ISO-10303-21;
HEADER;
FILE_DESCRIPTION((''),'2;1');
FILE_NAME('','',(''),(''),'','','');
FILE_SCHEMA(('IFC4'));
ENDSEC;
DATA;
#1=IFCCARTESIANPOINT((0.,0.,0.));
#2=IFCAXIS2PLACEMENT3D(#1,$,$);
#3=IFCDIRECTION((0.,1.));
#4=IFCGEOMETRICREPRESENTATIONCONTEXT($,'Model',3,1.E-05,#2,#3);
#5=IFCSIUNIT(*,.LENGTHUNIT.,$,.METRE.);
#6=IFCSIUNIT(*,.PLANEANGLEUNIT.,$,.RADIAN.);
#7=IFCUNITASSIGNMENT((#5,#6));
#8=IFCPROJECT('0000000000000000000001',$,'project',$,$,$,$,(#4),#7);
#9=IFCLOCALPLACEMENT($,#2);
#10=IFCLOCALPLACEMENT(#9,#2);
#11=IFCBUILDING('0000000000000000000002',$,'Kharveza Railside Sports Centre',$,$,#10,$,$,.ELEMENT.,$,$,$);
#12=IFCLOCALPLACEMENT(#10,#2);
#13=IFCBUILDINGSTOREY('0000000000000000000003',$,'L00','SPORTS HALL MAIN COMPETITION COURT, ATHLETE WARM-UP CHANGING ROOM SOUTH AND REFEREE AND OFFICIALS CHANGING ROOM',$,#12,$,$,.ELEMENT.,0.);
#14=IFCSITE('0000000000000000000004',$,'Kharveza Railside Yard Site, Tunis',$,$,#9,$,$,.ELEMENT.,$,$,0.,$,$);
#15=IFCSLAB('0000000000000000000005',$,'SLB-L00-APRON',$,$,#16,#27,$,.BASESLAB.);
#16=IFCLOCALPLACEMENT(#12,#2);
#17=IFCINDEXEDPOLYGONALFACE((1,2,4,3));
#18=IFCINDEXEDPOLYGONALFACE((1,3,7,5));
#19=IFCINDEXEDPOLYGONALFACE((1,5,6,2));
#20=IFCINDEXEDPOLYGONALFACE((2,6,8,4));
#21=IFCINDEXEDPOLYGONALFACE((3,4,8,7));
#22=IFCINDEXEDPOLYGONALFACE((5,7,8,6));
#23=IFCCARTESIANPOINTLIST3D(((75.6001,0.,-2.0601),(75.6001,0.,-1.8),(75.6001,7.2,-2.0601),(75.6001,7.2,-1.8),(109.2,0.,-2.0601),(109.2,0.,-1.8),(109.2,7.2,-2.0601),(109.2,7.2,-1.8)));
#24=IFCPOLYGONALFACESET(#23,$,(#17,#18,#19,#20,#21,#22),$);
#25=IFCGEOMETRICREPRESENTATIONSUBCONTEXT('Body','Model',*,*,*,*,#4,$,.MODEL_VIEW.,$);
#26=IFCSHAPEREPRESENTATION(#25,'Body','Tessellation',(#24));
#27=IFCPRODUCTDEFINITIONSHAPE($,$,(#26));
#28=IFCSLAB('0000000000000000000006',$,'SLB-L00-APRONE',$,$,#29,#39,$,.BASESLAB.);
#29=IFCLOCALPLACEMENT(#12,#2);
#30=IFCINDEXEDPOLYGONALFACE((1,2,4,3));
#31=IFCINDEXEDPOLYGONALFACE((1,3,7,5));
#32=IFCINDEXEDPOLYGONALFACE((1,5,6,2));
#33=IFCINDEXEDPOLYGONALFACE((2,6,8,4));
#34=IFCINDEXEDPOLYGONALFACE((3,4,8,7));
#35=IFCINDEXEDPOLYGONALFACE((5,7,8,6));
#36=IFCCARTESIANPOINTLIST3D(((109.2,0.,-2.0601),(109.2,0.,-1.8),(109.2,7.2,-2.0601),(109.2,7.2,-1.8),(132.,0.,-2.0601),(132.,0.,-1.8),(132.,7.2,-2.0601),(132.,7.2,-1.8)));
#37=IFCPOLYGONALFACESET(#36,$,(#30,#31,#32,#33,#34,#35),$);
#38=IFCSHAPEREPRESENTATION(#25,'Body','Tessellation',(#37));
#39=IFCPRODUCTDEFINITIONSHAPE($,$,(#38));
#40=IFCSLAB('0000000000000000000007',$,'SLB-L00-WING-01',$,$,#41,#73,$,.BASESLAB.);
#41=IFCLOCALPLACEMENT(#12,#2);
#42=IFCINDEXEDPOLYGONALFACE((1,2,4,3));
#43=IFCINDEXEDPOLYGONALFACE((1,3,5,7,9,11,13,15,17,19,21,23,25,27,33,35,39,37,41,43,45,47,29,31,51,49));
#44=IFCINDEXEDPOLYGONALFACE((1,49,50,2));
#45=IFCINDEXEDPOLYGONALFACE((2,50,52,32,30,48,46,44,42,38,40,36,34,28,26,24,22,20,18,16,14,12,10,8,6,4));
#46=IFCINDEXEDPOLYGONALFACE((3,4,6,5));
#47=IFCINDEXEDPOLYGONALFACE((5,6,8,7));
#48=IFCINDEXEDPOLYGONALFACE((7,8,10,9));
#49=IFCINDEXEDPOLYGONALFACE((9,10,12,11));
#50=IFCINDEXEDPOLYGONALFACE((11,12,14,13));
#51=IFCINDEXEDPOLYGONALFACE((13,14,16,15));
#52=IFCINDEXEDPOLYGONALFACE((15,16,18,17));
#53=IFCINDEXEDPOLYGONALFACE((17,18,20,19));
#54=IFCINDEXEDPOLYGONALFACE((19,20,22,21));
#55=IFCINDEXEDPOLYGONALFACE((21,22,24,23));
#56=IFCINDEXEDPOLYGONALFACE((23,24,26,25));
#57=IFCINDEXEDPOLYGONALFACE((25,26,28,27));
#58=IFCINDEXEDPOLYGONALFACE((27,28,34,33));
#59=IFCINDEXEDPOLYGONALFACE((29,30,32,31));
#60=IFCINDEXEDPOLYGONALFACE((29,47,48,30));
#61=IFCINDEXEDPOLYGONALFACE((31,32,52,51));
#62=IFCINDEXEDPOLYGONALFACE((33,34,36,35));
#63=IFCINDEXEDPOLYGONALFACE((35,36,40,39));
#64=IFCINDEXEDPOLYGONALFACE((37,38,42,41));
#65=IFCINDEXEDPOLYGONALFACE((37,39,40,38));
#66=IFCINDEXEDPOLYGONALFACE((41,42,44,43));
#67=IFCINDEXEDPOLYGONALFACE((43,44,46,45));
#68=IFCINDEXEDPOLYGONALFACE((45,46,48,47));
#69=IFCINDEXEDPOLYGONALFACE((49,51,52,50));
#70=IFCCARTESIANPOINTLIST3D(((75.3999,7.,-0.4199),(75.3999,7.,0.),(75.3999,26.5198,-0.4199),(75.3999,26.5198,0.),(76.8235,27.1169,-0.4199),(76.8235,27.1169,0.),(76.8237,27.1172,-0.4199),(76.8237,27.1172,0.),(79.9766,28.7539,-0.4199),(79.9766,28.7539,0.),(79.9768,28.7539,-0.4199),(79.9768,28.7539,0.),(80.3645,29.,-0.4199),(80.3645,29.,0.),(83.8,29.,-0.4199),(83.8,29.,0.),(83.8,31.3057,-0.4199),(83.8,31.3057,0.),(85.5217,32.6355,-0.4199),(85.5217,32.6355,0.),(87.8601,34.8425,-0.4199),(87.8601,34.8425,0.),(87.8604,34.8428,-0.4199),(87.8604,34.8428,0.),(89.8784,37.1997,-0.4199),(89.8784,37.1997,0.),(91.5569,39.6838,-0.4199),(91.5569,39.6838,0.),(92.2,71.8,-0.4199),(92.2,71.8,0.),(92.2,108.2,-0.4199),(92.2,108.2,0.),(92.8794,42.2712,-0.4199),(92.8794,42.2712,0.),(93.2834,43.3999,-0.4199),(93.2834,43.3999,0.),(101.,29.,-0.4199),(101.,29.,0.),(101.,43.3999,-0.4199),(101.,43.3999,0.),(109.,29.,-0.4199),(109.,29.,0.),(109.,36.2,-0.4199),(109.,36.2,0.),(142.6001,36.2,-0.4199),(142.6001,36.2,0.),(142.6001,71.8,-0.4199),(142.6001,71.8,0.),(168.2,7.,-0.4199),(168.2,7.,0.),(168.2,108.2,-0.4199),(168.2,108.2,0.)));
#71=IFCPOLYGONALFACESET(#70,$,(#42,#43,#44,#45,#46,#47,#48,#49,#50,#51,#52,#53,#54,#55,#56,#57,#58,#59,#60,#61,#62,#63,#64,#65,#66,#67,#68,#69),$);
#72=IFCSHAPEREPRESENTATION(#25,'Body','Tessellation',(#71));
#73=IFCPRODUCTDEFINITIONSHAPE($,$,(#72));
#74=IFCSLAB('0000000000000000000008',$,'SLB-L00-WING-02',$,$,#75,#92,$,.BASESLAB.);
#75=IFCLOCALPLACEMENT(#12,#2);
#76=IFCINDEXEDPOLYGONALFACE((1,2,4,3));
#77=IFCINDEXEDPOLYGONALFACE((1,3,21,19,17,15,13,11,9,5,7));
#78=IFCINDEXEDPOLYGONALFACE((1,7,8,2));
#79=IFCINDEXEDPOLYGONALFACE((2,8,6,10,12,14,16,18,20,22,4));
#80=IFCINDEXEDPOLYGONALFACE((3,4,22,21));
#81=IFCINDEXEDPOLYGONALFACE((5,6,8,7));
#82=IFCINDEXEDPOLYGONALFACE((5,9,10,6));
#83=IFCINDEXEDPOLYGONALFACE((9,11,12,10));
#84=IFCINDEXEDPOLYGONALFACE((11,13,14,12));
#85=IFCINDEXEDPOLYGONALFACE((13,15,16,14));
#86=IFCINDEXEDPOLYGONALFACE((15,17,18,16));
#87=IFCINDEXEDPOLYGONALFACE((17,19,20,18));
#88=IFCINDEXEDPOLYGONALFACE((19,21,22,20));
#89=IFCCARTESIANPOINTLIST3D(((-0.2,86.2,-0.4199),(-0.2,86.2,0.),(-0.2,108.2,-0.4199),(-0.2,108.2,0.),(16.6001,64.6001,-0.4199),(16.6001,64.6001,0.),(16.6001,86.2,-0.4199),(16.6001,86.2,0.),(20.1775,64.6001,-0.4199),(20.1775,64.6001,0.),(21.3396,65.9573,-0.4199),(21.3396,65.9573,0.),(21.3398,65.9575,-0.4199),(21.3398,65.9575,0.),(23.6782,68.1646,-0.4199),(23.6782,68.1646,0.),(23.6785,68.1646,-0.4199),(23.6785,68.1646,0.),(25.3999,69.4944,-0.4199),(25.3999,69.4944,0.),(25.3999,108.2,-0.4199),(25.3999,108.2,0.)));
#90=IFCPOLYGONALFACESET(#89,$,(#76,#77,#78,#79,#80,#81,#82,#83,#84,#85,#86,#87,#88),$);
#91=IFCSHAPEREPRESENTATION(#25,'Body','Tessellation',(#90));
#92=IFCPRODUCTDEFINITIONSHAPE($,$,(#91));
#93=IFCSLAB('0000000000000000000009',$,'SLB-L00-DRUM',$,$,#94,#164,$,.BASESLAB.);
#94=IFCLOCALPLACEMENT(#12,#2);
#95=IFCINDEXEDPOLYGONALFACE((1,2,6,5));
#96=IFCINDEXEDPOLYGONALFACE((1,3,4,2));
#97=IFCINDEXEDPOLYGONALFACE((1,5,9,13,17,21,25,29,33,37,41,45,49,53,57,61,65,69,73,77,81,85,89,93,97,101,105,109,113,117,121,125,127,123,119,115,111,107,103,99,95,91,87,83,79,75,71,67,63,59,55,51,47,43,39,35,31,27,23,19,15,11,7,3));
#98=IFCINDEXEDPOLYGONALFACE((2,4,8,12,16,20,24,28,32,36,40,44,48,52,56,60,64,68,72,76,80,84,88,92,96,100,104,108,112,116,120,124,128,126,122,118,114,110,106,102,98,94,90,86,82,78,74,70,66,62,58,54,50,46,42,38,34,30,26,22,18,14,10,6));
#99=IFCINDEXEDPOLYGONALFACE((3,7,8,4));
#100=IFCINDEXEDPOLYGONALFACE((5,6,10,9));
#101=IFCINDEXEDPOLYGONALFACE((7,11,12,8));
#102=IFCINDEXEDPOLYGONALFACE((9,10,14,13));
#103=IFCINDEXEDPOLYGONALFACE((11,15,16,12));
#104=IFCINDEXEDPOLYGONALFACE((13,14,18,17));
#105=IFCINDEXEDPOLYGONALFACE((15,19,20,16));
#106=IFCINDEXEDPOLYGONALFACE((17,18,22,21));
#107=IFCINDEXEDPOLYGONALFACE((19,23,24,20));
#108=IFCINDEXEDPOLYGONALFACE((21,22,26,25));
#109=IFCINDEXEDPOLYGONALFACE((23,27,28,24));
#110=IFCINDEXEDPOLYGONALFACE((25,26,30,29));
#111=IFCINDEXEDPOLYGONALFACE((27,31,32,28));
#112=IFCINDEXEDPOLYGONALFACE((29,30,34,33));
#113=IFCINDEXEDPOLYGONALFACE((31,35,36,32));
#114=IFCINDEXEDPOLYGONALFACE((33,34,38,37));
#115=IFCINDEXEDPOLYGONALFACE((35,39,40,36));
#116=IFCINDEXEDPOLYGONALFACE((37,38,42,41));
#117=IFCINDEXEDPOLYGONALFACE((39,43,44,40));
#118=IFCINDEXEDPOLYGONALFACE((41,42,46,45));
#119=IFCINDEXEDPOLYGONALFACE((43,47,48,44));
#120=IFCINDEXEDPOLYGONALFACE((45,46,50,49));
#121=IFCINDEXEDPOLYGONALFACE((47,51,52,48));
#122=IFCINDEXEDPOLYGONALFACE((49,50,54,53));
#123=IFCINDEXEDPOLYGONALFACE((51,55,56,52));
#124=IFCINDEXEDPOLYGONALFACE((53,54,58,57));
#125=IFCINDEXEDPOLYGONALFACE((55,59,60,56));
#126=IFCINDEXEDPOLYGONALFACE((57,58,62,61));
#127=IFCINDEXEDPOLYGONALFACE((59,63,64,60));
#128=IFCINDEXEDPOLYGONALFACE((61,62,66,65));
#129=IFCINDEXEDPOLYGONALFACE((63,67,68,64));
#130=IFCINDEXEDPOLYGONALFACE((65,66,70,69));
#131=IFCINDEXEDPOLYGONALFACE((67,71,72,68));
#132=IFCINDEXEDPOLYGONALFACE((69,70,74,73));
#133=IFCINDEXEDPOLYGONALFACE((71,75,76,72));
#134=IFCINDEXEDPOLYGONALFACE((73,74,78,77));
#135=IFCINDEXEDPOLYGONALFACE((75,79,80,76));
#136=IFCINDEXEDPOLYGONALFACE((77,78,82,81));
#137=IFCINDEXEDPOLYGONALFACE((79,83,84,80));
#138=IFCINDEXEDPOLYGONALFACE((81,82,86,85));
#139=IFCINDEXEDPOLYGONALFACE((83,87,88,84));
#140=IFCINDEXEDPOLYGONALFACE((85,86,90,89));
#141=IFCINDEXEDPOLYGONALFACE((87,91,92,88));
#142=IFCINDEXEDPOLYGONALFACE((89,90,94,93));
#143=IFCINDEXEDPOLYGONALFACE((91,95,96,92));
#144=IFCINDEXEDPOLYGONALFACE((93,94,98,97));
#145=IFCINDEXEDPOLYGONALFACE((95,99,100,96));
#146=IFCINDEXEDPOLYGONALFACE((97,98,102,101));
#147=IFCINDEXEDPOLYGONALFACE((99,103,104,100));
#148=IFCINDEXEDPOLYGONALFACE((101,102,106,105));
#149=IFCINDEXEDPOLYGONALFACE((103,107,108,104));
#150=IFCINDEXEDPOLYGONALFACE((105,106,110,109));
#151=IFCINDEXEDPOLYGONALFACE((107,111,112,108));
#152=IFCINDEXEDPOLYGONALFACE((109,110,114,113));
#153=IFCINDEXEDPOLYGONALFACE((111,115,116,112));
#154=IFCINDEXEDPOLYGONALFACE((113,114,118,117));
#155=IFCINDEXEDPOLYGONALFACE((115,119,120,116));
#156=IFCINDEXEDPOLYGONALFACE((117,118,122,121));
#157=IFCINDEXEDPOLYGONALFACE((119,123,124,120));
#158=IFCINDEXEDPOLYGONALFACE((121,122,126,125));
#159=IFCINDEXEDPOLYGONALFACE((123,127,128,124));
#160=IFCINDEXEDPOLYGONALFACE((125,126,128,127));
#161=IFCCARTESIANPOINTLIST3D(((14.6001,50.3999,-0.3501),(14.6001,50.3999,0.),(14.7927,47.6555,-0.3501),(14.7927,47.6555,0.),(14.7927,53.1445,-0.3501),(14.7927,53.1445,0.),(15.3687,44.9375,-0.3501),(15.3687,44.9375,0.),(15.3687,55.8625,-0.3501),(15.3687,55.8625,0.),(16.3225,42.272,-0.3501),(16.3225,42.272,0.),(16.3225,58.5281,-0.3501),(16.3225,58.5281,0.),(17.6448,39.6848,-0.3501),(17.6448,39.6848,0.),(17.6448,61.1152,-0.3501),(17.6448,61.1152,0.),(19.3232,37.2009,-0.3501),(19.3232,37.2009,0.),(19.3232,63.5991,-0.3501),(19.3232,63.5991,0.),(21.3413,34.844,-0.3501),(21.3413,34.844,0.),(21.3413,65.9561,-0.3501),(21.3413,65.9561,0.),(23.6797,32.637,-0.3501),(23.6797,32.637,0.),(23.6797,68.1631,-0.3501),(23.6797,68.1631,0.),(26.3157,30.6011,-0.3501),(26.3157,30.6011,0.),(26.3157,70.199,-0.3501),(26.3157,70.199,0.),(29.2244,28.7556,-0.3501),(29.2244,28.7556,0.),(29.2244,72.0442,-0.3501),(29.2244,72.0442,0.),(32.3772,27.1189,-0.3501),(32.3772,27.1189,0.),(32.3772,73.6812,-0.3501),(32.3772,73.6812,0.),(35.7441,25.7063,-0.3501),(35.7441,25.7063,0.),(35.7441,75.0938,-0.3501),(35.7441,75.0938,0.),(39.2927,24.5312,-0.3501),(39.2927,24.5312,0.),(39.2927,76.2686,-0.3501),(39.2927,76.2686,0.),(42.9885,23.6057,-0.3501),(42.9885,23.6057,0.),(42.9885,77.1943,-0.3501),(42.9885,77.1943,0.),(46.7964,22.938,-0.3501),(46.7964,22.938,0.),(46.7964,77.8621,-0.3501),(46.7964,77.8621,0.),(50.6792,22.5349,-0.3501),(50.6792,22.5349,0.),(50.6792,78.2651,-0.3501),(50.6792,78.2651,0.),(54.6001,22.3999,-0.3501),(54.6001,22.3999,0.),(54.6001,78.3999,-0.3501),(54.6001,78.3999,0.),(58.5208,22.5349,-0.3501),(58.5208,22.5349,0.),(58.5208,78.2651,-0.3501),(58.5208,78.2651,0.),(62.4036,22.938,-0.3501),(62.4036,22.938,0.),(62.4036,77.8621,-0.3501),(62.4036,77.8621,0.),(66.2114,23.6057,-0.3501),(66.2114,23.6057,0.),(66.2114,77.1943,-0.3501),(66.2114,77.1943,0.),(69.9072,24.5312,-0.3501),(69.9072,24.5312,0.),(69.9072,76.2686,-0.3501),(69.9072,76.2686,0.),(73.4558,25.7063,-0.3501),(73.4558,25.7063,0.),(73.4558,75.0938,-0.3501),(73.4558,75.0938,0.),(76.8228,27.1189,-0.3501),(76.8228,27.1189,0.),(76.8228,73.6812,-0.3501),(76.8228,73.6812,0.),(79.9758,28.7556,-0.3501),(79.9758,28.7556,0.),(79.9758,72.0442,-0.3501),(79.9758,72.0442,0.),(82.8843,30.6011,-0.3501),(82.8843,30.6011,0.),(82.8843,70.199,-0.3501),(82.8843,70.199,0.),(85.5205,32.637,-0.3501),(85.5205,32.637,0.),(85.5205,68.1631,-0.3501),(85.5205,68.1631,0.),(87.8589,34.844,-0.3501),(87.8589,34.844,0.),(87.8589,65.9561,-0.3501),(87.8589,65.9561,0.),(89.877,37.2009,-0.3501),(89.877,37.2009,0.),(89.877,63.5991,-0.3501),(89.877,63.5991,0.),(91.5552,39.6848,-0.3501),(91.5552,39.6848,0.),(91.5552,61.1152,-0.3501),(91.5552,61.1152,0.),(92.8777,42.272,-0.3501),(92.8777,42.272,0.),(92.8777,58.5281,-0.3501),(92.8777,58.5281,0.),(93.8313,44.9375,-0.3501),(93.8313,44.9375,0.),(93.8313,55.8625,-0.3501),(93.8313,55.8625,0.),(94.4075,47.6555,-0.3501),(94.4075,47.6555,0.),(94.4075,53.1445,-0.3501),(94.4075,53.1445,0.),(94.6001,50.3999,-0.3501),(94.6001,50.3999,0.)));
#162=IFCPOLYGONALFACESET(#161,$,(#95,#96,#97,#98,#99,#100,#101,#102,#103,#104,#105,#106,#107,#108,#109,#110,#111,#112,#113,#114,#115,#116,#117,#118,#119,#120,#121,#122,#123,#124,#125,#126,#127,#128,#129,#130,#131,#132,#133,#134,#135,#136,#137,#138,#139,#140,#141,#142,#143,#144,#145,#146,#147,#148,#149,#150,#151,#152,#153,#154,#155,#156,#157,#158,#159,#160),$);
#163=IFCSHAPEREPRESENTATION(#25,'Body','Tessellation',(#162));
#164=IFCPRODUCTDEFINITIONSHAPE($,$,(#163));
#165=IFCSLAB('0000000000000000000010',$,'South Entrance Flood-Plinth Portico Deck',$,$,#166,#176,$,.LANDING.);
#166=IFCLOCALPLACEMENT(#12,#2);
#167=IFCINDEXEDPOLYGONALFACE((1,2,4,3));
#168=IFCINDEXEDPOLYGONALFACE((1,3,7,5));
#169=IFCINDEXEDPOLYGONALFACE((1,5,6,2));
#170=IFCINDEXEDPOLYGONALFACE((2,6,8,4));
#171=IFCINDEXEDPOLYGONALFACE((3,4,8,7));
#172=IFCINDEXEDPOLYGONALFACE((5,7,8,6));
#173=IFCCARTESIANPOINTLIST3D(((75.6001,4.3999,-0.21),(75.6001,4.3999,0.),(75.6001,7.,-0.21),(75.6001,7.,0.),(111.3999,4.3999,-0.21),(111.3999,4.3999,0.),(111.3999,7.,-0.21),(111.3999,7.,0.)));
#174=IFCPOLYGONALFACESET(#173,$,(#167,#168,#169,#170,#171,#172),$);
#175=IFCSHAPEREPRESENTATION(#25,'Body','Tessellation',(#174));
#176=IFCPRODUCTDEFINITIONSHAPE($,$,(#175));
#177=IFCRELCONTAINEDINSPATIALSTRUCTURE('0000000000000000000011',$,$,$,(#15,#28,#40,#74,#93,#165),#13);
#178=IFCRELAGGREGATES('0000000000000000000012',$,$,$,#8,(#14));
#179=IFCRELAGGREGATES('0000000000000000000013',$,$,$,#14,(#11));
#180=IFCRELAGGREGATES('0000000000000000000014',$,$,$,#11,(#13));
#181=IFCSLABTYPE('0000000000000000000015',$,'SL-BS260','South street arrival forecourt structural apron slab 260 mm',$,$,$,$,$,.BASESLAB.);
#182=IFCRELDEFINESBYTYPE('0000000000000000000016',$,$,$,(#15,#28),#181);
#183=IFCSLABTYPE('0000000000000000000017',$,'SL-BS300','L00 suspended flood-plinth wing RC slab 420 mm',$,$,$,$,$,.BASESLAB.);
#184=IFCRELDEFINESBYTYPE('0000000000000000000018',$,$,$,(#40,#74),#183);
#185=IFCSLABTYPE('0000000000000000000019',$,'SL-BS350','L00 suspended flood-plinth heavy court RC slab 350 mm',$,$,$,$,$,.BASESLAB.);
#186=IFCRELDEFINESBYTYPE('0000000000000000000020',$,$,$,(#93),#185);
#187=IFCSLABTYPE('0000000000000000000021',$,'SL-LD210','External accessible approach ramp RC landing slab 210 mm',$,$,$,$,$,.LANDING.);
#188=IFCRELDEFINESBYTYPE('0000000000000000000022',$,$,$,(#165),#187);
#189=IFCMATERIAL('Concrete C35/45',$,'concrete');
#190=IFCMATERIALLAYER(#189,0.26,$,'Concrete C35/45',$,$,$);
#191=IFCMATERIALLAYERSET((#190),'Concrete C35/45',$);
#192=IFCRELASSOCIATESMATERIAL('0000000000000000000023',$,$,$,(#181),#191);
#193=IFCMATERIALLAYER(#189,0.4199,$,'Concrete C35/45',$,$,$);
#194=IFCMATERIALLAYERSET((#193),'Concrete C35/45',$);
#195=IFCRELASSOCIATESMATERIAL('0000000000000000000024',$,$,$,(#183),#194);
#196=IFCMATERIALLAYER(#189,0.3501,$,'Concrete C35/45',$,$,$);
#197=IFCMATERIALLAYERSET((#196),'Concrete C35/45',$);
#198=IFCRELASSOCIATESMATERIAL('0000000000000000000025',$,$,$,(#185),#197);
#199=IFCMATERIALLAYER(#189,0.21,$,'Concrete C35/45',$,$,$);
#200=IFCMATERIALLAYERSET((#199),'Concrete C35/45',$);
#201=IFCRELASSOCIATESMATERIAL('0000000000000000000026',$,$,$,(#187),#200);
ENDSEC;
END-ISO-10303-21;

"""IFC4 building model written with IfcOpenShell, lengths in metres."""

from ifc_helpers import new_model, si_unit, direction, frame, origin, place, context, subcontext, project, spatial, polyline, outline, extrude, material, layer, layer_set, type_object, element, save


model = new_model("IFC4")

# Units and contexts
model_context = context("Model", 3, precision=1e-05, world=origin(), true_north=direction((0.0, 1.0)))
body_context = subcontext(model_context, "Body", "Model", "MODEL_VIEW")
ifc_project = project(units=[si_unit("LENGTHUNIT", "METRE"), si_unit("PLANEANGLEUNIT", "RADIAN")], contexts=[model_context])

# Site, building, storey
site_placement = place(None, origin())
site = spatial("IfcSite", under=ifc_project, at=site_placement, Name="Kharveza Railside Yard Site, Tunis", CompositionType="ELEMENT", RefElevation=0.0)
building_placement = place(site_placement, origin())
building = spatial("IfcBuilding", under=site, at=building_placement, Name="Kharveza Railside Sports Centre", CompositionType="ELEMENT")
storey_placement = place(building_placement, origin())
storey = spatial("IfcBuildingStorey", under=building, at=storey_placement, Name="L00", Description="SPORTS HALL MAIN COMPETITION COURT, ATHLETE WARM-UP CHANGING ROOM SOUTH AND REFEREE AND OFFICIALS CHANGING ROOM", CompositionType="ELEMENT", Elevation=0.0)

# Slabs
ifc_material_1 = material(Name="Concrete C35/45", Category="concrete")
ifc_layer_1 = layer(ifc_material_1, 0.26, Name="Concrete C35/45")
ifc_layer_set_1 = layer_set([ifc_layer_1], Name="Concrete C35/45")
slab_type_1 = type_object("IfcSlabType", Name="SL-BS260", Description="South street arrival forecourt structural apron slab 260 mm", PredefinedType="BASESLAB", material=ifc_layer_set_1)
slab_1_placement = place(storey_placement, frame((0.0, 0.0, -2.0601)))
element("IfcSlab", 1, at=slab_1_placement, inside=storey, type_object=slab_type_1, Name="SLB-L00-APRON", PredefinedType="BASESLAB", context=body_context, shape_type="SweptSolid", body=[
    extrude(outline(polyline([(75.6001, 0.0), (109.2, 0.0), (109.2, 7.2), (75.6001, 7.2), (75.6001, 0.0)])), origin(), (0.0, 0.0, 1.0), 0.26),
])
slab_2_placement = place(storey_placement, frame((0.0, 0.0, -2.0601)))
element("IfcSlab", 2, at=slab_2_placement, inside=storey, type_object=slab_type_1, Name="SLB-L00-APRONE", PredefinedType="BASESLAB", context=body_context, shape_type="SweptSolid", body=[
    extrude(outline(polyline([(109.2, 0.0), (132.0, 0.0), (132.0, 7.2), (109.2, 7.2), (109.2, 0.0)])), origin(), (0.0, 0.0, 1.0), 0.26),
])
ifc_layer_2 = layer(ifc_material_1, 0.4199, Name="Concrete C35/45")
ifc_layer_set_2 = layer_set([ifc_layer_2], Name="Concrete C35/45")
slab_type_2 = type_object("IfcSlabType", Name="SL-BS300", Description="L00 suspended flood-plinth wing RC slab 420 mm", PredefinedType="BASESLAB", material=ifc_layer_set_2)
slab_3_placement = place(storey_placement, frame((0.0, 0.0, -0.4199)))
element("IfcSlab", 3, at=slab_3_placement, inside=storey, type_object=slab_type_2, Name="SLB-L00-WING-01", PredefinedType="BASESLAB", context=body_context, shape_type="SweptSolid", body=[
    extrude(outline(polyline([(83.8, 29.0), (83.8, 31.3057), (85.5217, 32.6355), (85.5217, 32.6355), (87.8601, 34.8425), (87.8604, 34.8428), (89.8784, 37.1997), (89.8784, 37.1997), (91.5569, 39.6838), (91.5569, 39.6838), (92.8794, 42.2712), (92.8794, 42.2712), (93.2834, 43.3999), (101.0, 43.3999), (101.0, 29.0), (109.0, 29.0), (109.0, 36.2), (142.6001, 36.2), (142.6001, 71.8), (92.2, 71.8), (92.2, 108.2), (168.2, 108.2), (168.2, 7.0), (75.3999, 7.0), (75.3999, 26.5198), (76.8235, 27.1169), (76.8237, 27.1172), (79.9766, 28.7539), (79.9768, 28.7539), (80.3645, 29.0), (83.8, 29.0)])), origin(), (0.0, 0.0, 1.0), 0.4199),
])
slab_4_placement = place(storey_placement, frame((0.0, 0.0, -0.4199)))
element("IfcSlab", 4, at=slab_4_placement, inside=storey, type_object=slab_type_2, Name="SLB-L00-WING-02", PredefinedType="BASESLAB", context=body_context, shape_type="SweptSolid", body=[
    extrude(outline(polyline([(16.6001, 86.2), (-0.2, 86.2), (-0.2, 108.2), (25.3999, 108.2), (25.3999, 69.4944), (23.6785, 68.1646), (23.6782, 68.1646), (21.3398, 65.9575), (21.3396, 65.9573), (20.1775, 64.6001), (16.6001, 64.6001), (16.6001, 86.2)])), origin(), (0.0, 0.0, 1.0), 0.4199),
])
ifc_layer_3 = layer(ifc_material_1, 0.3501, Name="Concrete C35/45")
ifc_layer_set_3 = layer_set([ifc_layer_3], Name="Concrete C35/45")
slab_type_3 = type_object("IfcSlabType", Name="SL-BS350", Description="L00 suspended flood-plinth heavy court RC slab 350 mm", PredefinedType="BASESLAB", material=ifc_layer_set_3)
slab_5_placement = place(storey_placement, frame((0.0, 0.0, -0.3501)))
element("IfcSlab", 5, at=slab_5_placement, inside=storey, type_object=slab_type_3, Name="SLB-L00-DRUM", PredefinedType="BASESLAB", context=body_context, shape_type="SweptSolid", body=[
    extrude(outline(polyline([(94.6001, 50.3999), (94.4075, 53.1445), (93.8313, 55.8625), (92.8777, 58.5281), (91.5552, 61.1152), (89.877, 63.5991), (87.8589, 65.9561), (85.5205, 68.1631), (82.8843, 70.199), (79.9758, 72.0442), (76.8228, 73.6812), (73.4558, 75.0938), (69.9072, 76.2686), (66.2114, 77.1943), (62.4036, 77.8621), (58.5208, 78.2651), (54.6001, 78.3999), (50.6792, 78.2651), (46.7964, 77.8621), (42.9885, 77.1943), (39.2927, 76.2686), (35.7441, 75.0938), (32.3772, 73.6812), (29.2244, 72.0442), (26.3157, 70.199), (23.6797, 68.1631), (21.3413, 65.9561), (19.3232, 63.5991), (17.6448, 61.1152), (16.3225, 58.5281), (15.3687, 55.8625), (14.7927, 53.1445), (14.6001, 50.3999), (14.7927, 47.6555), (15.3687, 44.9375), (16.3225, 42.272), (17.6448, 39.6848), (19.3232, 37.2009), (21.3413, 34.844), (23.6797, 32.637), (26.3157, 30.6011), (29.2244, 28.7556), (32.3772, 27.1189), (35.7441, 25.7063), (39.2927, 24.5312), (42.9885, 23.6057), (46.7964, 22.938), (50.6792, 22.5349), (54.6001, 22.3999), (58.5208, 22.5349), (62.4036, 22.938), (66.2114, 23.6057), (69.9072, 24.5312), (73.4558, 25.7063), (76.8228, 27.1189), (79.9758, 28.7556), (82.8843, 30.6011), (85.5205, 32.637), (87.8589, 34.844), (89.877, 37.2009), (91.5552, 39.6848), (92.8777, 42.272), (93.8313, 44.9375), (94.4075, 47.6555), (94.6001, 50.3999)])), origin(), (0.0, 0.0, 1.0), 0.3501),
])
ifc_layer_4 = layer(ifc_material_1, 0.21, Name="Concrete C35/45")
ifc_layer_set_4 = layer_set([ifc_layer_4], Name="Concrete C35/45")
slab_type_4 = type_object("IfcSlabType", Name="SL-LD210", Description="External accessible approach ramp RC landing slab 210 mm", PredefinedType="LANDING", material=ifc_layer_set_4)
slab_6_placement = place(storey_placement, frame((0.0, 0.0, -0.21)))
element("IfcSlab", 6, at=slab_6_placement, inside=storey, type_object=slab_type_4, Name="South Entrance Flood-Plinth Portico Deck", PredefinedType="LANDING", context=body_context, shape_type="SweptSolid", body=[
    extrude(outline(polyline([(75.6001, 4.3999), (111.3999, 4.3999), (111.3999, 7.0), (75.6001, 7.0), (75.6001, 4.3999)])), origin(), (0.0, 0.0, 1.0), 0.21),
])

save(model, "model.ifc")
